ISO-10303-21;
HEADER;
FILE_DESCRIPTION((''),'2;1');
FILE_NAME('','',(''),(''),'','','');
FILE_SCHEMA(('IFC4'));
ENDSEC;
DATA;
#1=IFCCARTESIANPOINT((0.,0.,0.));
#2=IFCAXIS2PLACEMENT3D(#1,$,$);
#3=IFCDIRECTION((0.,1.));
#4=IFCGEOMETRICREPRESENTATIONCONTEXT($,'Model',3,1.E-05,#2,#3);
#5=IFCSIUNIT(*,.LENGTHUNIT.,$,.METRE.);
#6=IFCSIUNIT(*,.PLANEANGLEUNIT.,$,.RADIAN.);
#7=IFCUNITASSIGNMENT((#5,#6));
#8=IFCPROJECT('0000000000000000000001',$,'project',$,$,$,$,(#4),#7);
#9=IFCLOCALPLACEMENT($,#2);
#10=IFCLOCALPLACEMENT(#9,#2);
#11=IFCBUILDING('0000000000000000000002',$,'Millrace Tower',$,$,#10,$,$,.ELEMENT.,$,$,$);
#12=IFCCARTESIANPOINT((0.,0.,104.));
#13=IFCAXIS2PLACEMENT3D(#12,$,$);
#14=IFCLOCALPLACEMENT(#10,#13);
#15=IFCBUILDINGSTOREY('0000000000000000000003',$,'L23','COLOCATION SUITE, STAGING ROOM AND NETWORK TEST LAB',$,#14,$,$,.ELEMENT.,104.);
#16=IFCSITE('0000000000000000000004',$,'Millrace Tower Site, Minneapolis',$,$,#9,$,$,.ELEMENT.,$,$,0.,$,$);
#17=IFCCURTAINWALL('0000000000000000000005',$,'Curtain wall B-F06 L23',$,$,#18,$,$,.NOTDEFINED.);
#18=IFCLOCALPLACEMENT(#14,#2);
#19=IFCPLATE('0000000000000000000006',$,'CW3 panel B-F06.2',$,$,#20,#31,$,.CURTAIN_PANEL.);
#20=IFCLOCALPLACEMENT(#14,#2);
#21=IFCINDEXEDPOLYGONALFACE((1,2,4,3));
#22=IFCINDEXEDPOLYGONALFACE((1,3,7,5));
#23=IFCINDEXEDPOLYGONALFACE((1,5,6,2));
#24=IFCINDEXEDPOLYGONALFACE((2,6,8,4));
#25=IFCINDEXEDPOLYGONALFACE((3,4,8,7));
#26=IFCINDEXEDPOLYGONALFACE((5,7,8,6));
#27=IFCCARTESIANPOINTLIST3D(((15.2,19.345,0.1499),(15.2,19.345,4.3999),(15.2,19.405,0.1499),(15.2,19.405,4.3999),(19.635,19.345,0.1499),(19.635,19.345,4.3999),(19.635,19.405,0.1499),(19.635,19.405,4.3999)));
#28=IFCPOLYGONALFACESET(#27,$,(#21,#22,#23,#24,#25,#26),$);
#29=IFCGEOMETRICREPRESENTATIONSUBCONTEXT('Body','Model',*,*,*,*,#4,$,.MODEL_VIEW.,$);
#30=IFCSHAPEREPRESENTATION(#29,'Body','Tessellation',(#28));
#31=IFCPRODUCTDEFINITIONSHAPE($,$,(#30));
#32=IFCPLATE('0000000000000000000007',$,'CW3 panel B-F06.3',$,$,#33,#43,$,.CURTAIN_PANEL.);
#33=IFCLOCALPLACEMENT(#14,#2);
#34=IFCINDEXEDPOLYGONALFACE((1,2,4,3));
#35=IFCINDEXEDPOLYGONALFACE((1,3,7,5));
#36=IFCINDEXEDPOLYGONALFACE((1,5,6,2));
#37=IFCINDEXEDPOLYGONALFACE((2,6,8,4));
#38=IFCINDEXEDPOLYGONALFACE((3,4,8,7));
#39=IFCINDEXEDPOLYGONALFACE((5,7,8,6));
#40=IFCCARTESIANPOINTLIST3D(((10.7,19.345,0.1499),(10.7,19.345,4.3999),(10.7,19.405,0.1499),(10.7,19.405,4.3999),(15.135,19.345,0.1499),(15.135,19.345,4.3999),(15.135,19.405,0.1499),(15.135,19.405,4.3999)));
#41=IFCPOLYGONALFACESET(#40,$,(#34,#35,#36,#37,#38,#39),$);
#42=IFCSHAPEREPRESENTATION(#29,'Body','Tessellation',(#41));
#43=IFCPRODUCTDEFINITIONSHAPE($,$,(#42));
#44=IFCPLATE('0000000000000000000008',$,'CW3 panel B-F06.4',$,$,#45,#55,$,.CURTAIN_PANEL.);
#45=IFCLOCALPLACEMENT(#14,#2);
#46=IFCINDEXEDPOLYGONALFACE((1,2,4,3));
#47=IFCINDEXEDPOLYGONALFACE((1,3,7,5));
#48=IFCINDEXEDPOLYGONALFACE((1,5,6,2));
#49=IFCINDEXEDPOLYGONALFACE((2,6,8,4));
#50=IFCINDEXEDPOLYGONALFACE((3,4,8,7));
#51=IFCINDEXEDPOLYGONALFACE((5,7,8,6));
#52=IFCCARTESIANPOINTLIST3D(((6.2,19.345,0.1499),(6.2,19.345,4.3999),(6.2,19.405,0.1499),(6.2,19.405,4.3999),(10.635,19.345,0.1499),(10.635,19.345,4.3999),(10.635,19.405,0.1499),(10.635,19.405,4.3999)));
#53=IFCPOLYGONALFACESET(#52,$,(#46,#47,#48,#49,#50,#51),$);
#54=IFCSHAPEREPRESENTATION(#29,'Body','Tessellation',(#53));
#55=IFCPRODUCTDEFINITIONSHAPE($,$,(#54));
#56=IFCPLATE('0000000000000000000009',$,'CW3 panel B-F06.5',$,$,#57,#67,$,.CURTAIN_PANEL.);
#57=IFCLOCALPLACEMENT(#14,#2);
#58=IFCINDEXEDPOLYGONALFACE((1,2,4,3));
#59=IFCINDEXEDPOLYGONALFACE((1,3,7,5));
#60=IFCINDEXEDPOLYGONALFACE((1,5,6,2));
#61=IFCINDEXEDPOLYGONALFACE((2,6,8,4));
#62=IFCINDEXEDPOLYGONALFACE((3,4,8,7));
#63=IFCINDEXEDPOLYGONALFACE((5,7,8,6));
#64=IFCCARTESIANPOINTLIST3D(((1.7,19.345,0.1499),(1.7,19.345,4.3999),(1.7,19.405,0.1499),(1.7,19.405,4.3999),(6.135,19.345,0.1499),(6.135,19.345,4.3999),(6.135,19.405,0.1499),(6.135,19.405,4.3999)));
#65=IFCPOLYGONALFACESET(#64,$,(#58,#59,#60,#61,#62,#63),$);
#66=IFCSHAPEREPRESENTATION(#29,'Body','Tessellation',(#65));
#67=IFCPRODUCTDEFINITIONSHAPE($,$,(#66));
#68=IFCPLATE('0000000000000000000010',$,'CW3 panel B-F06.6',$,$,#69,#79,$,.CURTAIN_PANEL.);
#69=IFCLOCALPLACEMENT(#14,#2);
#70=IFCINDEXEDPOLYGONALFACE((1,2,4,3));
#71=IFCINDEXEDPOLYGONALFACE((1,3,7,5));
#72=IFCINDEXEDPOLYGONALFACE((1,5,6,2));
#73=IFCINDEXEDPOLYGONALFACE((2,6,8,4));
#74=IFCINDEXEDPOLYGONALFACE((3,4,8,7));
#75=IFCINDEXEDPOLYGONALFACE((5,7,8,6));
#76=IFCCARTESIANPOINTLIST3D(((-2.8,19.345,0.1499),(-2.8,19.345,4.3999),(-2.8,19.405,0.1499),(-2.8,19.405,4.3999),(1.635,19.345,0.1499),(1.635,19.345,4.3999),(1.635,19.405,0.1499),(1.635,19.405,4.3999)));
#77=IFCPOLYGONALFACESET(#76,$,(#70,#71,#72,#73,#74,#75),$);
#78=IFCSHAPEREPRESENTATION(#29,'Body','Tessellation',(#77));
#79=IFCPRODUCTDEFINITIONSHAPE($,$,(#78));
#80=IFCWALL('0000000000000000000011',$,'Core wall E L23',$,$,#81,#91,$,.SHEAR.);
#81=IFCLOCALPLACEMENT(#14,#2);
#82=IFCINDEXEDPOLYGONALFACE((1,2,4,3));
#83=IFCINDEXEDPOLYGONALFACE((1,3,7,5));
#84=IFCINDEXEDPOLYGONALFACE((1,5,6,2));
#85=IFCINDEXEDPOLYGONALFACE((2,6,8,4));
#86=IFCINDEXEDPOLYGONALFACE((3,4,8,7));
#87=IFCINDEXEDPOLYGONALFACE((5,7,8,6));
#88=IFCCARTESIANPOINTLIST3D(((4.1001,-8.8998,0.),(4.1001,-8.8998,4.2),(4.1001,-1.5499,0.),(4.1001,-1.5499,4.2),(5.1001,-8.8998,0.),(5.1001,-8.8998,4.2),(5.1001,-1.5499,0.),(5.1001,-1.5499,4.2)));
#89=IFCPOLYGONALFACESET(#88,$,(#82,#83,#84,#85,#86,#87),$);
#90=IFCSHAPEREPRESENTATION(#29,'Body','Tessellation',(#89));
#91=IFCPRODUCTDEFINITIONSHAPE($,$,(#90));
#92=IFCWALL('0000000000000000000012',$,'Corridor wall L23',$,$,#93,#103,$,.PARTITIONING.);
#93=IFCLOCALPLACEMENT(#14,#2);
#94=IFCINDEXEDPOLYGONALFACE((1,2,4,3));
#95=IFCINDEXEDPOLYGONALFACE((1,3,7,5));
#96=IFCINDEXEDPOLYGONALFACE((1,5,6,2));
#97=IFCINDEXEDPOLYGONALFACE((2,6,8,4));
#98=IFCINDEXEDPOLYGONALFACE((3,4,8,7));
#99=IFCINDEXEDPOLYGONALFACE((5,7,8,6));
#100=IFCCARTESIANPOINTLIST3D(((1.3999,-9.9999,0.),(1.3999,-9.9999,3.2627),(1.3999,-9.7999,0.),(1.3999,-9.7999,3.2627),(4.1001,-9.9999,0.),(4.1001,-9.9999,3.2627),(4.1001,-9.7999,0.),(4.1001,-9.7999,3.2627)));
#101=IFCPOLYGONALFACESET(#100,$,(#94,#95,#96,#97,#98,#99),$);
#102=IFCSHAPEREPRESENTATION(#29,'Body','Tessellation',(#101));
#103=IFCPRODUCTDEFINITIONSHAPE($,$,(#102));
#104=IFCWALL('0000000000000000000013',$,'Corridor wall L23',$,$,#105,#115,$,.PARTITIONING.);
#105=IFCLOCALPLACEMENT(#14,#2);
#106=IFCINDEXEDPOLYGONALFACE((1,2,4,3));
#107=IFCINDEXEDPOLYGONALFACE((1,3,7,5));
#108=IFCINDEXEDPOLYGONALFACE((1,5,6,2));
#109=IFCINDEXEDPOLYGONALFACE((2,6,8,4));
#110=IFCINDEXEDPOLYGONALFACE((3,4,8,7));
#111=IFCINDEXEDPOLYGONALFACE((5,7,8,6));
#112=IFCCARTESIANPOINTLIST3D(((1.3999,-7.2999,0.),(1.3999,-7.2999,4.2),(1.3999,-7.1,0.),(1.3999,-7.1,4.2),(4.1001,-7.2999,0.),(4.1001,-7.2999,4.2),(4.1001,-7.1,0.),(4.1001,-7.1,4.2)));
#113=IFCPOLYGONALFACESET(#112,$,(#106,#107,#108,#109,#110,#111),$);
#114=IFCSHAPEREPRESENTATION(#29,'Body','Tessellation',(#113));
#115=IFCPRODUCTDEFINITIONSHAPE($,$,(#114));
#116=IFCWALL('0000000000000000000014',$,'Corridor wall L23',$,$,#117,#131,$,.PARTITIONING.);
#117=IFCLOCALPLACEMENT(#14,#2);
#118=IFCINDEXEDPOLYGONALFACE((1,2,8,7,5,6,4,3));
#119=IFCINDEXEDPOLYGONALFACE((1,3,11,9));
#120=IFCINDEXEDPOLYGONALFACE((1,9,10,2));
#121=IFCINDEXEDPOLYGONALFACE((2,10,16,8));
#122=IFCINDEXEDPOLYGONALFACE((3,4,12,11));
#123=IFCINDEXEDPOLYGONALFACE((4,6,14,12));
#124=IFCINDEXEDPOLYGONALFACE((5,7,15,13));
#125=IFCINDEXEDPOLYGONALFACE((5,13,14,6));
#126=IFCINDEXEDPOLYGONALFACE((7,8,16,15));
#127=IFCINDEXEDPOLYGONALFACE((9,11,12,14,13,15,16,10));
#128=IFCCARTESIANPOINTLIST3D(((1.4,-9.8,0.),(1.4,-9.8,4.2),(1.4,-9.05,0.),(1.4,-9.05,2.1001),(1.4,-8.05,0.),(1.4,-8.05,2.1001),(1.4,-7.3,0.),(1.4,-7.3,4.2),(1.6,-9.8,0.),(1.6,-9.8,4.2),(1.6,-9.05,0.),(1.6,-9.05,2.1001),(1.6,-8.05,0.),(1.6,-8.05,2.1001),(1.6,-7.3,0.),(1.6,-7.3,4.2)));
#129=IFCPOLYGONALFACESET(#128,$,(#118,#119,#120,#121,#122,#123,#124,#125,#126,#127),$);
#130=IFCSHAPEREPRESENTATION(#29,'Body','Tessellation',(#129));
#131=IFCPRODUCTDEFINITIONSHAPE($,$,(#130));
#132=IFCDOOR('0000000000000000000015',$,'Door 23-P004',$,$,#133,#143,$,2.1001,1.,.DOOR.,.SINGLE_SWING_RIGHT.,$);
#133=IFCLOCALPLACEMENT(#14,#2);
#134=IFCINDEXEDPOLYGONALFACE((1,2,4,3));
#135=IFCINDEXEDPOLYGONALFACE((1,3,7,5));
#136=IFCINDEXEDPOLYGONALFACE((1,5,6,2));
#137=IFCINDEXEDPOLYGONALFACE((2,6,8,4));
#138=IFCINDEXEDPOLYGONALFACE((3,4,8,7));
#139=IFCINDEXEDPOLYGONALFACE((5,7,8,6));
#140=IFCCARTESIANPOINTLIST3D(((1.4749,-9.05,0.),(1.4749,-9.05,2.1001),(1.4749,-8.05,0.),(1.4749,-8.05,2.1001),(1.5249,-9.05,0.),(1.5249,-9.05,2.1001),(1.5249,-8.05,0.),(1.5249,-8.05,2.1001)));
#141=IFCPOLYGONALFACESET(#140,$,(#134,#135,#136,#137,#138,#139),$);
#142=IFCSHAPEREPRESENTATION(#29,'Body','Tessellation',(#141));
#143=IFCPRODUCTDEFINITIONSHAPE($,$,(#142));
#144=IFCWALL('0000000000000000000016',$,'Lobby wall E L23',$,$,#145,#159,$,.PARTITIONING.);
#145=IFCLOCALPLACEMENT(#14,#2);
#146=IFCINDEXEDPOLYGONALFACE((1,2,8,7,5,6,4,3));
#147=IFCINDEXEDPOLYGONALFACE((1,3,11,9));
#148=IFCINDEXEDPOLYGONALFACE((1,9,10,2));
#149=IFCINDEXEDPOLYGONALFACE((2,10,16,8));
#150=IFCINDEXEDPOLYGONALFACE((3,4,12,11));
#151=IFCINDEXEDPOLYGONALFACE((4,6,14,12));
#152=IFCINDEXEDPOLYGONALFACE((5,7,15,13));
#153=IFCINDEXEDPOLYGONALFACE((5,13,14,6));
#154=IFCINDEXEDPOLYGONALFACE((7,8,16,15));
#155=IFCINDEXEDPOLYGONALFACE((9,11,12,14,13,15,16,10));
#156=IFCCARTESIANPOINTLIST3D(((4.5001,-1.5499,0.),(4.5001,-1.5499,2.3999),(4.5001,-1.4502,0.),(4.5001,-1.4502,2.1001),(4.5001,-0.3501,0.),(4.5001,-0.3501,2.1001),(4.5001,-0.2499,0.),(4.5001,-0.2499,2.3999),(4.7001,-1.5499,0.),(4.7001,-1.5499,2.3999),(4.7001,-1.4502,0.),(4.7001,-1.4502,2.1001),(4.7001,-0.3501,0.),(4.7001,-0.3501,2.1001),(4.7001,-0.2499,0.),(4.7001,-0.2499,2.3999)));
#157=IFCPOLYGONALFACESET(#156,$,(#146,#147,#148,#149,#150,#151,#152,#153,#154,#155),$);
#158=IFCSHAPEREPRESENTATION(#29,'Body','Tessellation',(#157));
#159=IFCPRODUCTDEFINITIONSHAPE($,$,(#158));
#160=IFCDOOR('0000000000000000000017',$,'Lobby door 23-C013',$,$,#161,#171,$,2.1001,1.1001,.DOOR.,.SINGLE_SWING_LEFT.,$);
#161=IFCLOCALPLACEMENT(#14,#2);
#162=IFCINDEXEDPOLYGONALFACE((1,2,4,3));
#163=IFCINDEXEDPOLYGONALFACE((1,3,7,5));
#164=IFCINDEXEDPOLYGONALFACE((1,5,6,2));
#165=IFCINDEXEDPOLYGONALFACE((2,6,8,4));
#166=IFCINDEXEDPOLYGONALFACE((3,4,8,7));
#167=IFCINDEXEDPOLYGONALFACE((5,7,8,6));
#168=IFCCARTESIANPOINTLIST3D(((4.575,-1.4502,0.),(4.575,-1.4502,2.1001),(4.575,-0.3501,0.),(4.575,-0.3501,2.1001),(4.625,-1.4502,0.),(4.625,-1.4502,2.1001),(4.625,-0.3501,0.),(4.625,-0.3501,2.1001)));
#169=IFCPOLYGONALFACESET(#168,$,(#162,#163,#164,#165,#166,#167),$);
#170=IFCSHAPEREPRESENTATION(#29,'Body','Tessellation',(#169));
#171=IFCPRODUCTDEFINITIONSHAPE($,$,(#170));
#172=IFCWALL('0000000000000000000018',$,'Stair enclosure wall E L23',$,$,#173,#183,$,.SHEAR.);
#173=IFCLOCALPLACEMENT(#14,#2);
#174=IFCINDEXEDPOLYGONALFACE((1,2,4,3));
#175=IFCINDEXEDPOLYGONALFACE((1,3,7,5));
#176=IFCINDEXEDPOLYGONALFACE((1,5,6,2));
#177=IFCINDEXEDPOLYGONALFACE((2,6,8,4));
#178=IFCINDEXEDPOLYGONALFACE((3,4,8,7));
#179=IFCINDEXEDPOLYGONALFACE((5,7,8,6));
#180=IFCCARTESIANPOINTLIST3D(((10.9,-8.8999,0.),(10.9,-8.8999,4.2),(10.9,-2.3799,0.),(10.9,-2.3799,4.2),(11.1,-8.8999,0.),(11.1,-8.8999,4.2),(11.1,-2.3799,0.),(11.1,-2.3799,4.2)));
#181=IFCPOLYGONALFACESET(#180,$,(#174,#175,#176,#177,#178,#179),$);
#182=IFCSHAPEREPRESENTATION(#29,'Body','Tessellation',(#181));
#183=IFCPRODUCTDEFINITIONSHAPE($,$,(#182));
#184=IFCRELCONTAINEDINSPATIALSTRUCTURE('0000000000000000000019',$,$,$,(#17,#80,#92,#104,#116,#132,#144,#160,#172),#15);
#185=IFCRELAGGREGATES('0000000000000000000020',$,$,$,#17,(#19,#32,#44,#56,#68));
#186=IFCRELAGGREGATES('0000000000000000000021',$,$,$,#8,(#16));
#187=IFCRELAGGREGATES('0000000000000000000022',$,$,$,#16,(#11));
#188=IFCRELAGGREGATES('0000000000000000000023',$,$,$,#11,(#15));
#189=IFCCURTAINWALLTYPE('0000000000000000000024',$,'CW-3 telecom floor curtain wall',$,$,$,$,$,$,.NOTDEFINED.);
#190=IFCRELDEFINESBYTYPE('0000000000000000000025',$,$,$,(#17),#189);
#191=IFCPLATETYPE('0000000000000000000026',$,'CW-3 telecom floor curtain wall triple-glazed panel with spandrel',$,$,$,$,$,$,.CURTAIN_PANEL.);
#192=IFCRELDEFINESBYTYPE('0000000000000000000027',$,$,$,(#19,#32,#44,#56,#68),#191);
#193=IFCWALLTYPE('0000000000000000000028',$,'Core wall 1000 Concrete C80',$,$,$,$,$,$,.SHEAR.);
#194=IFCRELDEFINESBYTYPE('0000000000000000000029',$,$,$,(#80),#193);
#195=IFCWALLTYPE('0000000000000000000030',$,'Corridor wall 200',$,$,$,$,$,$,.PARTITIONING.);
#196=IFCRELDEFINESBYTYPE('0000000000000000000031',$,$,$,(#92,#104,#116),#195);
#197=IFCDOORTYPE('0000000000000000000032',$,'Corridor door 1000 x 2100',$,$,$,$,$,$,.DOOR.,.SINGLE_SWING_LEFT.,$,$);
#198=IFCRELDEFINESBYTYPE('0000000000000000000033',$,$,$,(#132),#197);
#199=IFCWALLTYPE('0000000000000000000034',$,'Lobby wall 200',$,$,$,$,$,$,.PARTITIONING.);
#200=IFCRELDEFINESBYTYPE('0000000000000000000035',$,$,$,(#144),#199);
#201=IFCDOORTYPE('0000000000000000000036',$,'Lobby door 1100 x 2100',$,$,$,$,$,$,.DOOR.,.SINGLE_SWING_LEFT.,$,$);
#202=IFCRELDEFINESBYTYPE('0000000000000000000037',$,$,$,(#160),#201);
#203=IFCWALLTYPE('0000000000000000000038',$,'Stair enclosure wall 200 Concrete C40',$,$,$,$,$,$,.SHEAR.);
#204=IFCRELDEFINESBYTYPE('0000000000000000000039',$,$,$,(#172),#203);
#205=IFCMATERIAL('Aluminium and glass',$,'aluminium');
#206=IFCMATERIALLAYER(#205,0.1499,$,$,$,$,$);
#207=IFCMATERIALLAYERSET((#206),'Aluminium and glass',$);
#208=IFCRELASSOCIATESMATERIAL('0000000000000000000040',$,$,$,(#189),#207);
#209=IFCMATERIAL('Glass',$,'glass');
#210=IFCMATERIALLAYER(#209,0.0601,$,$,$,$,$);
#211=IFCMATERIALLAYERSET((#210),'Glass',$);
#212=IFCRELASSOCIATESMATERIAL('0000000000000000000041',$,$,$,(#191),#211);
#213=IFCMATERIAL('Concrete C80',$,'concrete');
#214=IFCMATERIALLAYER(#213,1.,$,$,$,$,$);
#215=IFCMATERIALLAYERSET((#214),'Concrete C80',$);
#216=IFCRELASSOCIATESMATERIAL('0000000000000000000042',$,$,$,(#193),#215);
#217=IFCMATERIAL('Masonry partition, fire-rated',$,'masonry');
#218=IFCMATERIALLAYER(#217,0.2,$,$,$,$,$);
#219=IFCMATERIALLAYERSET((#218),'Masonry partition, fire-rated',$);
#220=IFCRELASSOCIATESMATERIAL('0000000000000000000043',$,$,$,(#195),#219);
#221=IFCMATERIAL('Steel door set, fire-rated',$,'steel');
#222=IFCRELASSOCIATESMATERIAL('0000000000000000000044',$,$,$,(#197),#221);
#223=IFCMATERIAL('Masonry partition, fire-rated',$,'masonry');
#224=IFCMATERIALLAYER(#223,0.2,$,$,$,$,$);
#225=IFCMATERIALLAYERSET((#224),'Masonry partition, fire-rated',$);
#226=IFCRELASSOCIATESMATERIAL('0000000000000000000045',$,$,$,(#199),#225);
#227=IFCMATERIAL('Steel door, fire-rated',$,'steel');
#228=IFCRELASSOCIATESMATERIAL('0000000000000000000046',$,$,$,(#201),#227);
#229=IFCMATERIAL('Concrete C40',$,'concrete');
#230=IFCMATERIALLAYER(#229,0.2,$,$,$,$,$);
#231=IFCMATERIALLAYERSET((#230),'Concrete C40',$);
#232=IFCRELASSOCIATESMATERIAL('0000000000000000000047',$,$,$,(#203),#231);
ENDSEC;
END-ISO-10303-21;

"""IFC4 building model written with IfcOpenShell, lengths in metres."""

from ifc_helpers import new_model, si_unit, direction, frame, frame_2d, origin, place, context, subcontext, project, spatial, polyline, rectangle, outline, extrude, material, layer, layer_set, type_object, element, fill, aggregate, save


model = new_model("IFC4")

# Units and contexts
model_context = context("Model", 3, precision=1e-05, world=origin(), true_north=direction((0.0, 1.0)))
body_context = subcontext(model_context, "Body", "Model", "MODEL_VIEW")
ifc_project = project(units=[si_unit("LENGTHUNIT", "METRE"), si_unit("PLANEANGLEUNIT", "RADIAN")], contexts=[model_context])

# Site, building, storey
site_placement = place(None, origin())
site = spatial("IfcSite", under=ifc_project, at=site_placement, Name="Millrace Tower Site, Minneapolis", CompositionType="ELEMENT", RefElevation=0.0)
building_placement = place(site_placement, origin())
building = spatial("IfcBuilding", under=site, at=building_placement, Name="Millrace Tower", CompositionType="ELEMENT")
storey_placement = place(building_placement, frame((0.0, 0.0, 104.0)))
storey = spatial("IfcBuildingStorey", under=building, at=storey_placement, Name="L23", Description="COLOCATION SUITE, STAGING ROOM AND NETWORK TEST LAB", CompositionType="ELEMENT", Elevation=104.0)

# Curtain wall, plates
ifc_material_1 = material(Name="Aluminium and glass", Category="aluminium")
ifc_layer_1 = layer(ifc_material_1, 0.1499)
ifc_layer_set_1 = layer_set([ifc_layer_1], Name="Aluminium and glass")
curtain_wall_type = type_object("IfcCurtainWallType", Name="CW-3 telecom floor curtain wall", PredefinedType="NOTDEFINED", material=ifc_layer_set_1)
placement_1 = place(storey_placement, origin())
curtain_wall = element("IfcCurtainWall", 1, at=placement_1, inside=storey, type_object=curtain_wall_type, Name="Curtain wall B-F06 L23", PredefinedType="NOTDEFINED")
ifc_material_2 = material(Name="Glass", Category="glass")
ifc_layer_2 = layer(ifc_material_2, 0.0601)
ifc_layer_set_2 = layer_set([ifc_layer_2], Name="Glass")
plate_type = type_object("IfcPlateType", Name="CW-3 telecom floor curtain wall triple-glazed panel with spandrel", PredefinedType="CURTAIN_PANEL", material=ifc_layer_set_2)
placement_2 = place(storey_placement, frame((0.0, 0.0, 0.1499)))
plate_1 = element("IfcPlate", 2, at=placement_2, type_object=plate_type, Name="CW3 panel B-F06.2", PredefinedType="CURTAIN_PANEL", context=body_context, shape_type="SweptSolid", body=[
    extrude(outline(polyline([(19.635, 19.405), (15.2, 19.405), (15.2, 19.345), (19.635, 19.345), (19.635, 19.405)])), origin(), (0.0, 0.0, 1.0), 4.25),
])
plate_2 = element("IfcPlate", 3, at=placement_2, type_object=plate_type, Name="CW3 panel B-F06.3", PredefinedType="CURTAIN_PANEL", context=body_context, shape_type="SweptSolid", body=[
    extrude(outline(polyline([(15.135, 19.405), (10.7, 19.405), (10.7, 19.345), (15.135, 19.345), (15.135, 19.405)])), origin(), (0.0, 0.0, 1.0), 4.25),
])
plate_3 = element("IfcPlate", 4, at=placement_2, type_object=plate_type, Name="CW3 panel B-F06.4", PredefinedType="CURTAIN_PANEL", context=body_context, shape_type="SweptSolid", body=[
    extrude(outline(polyline([(10.635, 19.405), (6.2, 19.405), (6.2, 19.345), (10.635, 19.345), (10.635, 19.405)])), origin(), (0.0, 0.0, 1.0), 4.25),
])
plate_4 = element("IfcPlate", 5, at=placement_2, type_object=plate_type, Name="CW3 panel B-F06.5", PredefinedType="CURTAIN_PANEL", context=body_context, shape_type="SweptSolid", body=[
    extrude(outline(polyline([(6.135, 19.405), (1.7, 19.405), (1.7, 19.345), (6.135, 19.345), (6.135, 19.405)])), origin(), (0.0, 0.0, 1.0), 4.25),
])
plate_5 = element("IfcPlate", 6, at=placement_2, type_object=plate_type, Name="CW3 panel B-F06.6", PredefinedType="CURTAIN_PANEL", context=body_context, shape_type="SweptSolid", body=[
    extrude(outline(polyline([(1.635, 19.405), (-2.8, 19.405), (-2.8, 19.345), (1.635, 19.345), (1.635, 19.405)])), origin(), (0.0, 0.0, 1.0), 4.25),
])
aggregate(curtain_wall, [plate_1, plate_2, plate_3, plate_4, plate_5])

# Walls
ifc_material_3 = material(Name="Concrete C80", Category="concrete")
ifc_layer_3 = layer(ifc_material_3, 1.0)
ifc_layer_set_3 = layer_set([ifc_layer_3], Name="Concrete C80")
wall_type_1 = type_object("IfcWallType", Name="Core wall 1000 Concrete C80", PredefinedType="SHEAR", material=ifc_layer_set_3)
wall_1_placement = place(storey_placement, frame((4.6001, -1.55, 0.0), z_axis=(0.0, 0.0, 1.0), x_axis=(0.0, -1.0, 0.0)))
element("IfcWall", 7, at=wall_1_placement, inside=storey, type_object=wall_type_1, Name="Core wall E L23", PredefinedType="SHEAR", context=body_context, shape_type="SweptSolid", body=[
    extrude(rectangle(XDim=7.3499, YDim=1.0, at=frame_2d((3.6748, 0.0))), origin(), (0.0, 0.0, 1.0), 4.2),
])
ifc_material_4 = material(Name="Masonry partition, fire-rated", Category="masonry")
ifc_layer_4 = layer(ifc_material_4, 0.2)
ifc_layer_set_4 = layer_set([ifc_layer_4], Name="Masonry partition, fire-rated")
wall_type_2 = type_object("IfcWallType", Name="Corridor wall 200", PredefinedType="PARTITIONING", material=ifc_layer_set_4)
wall_2_placement = place(storey_placement, frame((1.3999, -9.8999, 0.0), z_axis=(0.0, 0.0, 1.0), x_axis=(1.0, 0.0, 0.0)))
element("IfcWall", 8, at=wall_2_placement, inside=storey, type_object=wall_type_2, Name="Corridor wall L23", PredefinedType="PARTITIONING", context=body_context, shape_type="SweptSolid", body=[
    extrude(rectangle(XDim=2.7002, YDim=0.2, at=frame_2d((1.3501, 0.0))), origin(), (0.0, 0.0, 1.0), 3.2627),
])
wall_3_placement = place(storey_placement, frame((1.3999, -7.2, 0.0), z_axis=(0.0, 0.0, 1.0), x_axis=(1.0, 0.0, 0.0)))
element("IfcWall", 9, at=wall_3_placement, inside=storey, type_object=wall_type_2, Name="Corridor wall L23", PredefinedType="PARTITIONING", context=body_context, shape_type="SweptSolid", body=[
    extrude(rectangle(XDim=2.7002, YDim=0.2, at=frame_2d((1.3501, 0.0))), origin(), (0.0, 0.0, 1.0), 4.2),
])

# Walls, openings, doors
wall_4_placement = place(storey_placement, frame((1.5, -9.8, 0.0), z_axis=(0.0, 0.0, 1.0), x_axis=(0.0, 1.0, 0.0)))
wall_4 = element("IfcWall", 10, at=wall_4_placement, inside=storey, type_object=wall_type_2, Name="Corridor wall L23", PredefinedType="PARTITIONING", context=body_context, shape_type="SweptSolid", body=[
    extrude(rectangle(XDim=2.5, YDim=0.2, at=frame_2d((1.25, 0.0))), origin(), (0.0, 0.0, 1.0), 4.2),
])
opening_1_placement = place(wall_4_placement, frame((0.75, 0.0, 0.0)))
opening_1 = element("IfcOpeningElement", 11, at=opening_1_placement, cuts=wall_4, PredefinedType="OPENING", context=body_context, shape_type="SweptSolid", body=[
    extrude(rectangle(XDim=1.0, YDim=2.1001, at=frame_2d((0.5, 1.05))), frame((0.0, 0.1099, 0.0), z_axis=(0.0, -1.0, 0.0), x_axis=(1.0, 0.0, 0.0)), (0.0, 0.0, 1.0), 0.22),
])
ifc_material_5 = material(Name="Steel door set, fire-rated", Category="steel")
door_type_1 = type_object("IfcDoorType", Name="Corridor door 1000 x 2100", OperationType="SINGLE_SWING_LEFT", PredefinedType="DOOR", material=ifc_material_5)
door_1_placement = place(opening_1_placement, frame((1.0, 0.0, 0.0), z_axis=(0.0, 0.0, 1.0), x_axis=(-1.0, 0.0, 0.0)))
door_1 = element("IfcDoor", 12, at=door_1_placement, inside=storey, type_object=door_type_1, Name="Door 23-P004", OperationType="SINGLE_SWING_RIGHT", OverallHeight=2.1001, OverallWidth=1.0, PredefinedType="DOOR", context=body_context, shape_type="SweptSolid", body=[
    extrude(rectangle(XDim=1.0, YDim=2.1001, at=frame_2d((0.5, 1.05))), frame((0.0, 0.0249, 0.0), z_axis=(0.0, -1.0, 0.0), x_axis=(1.0, 0.0, 0.0)), (0.0, 0.0, 1.0), 0.05),
])
fill(opening_1, door_1)
ifc_material_6 = material(Name="Masonry partition, fire-rated", Category="masonry")
ifc_layer_5 = layer(ifc_material_6, 0.2)
ifc_layer_set_5 = layer_set([ifc_layer_5], Name="Masonry partition, fire-rated")
wall_type_3 = type_object("IfcWallType", Name="Lobby wall 200", PredefinedType="PARTITIONING", material=ifc_layer_set_5)
wall_5_placement = place(storey_placement, frame((4.6001, -0.25, 0.0), z_axis=(0.0, 0.0, 1.0), x_axis=(0.0, -1.0, 0.0)))
wall_5 = element("IfcWall", 13, at=wall_5_placement, inside=storey, type_object=wall_type_3, Name="Lobby wall E L23", PredefinedType="PARTITIONING", context=body_context, shape_type="SweptSolid", body=[
    extrude(rectangle(XDim=1.3, YDim=0.2, at=frame_2d((0.6499, 0.0))), origin(), (0.0, 0.0, 1.0), 2.3999),
])
opening_2_placement = place(wall_5_placement, frame((0.1001, 0.0, 0.0)))
opening_2 = element("IfcOpeningElement", 14, at=opening_2_placement, cuts=wall_5, PredefinedType="OPENING", context=body_context, shape_type="SweptSolid", body=[
    extrude(rectangle(XDim=1.1001, YDim=2.1001, at=frame_2d((0.55, 1.05))), frame((0.0, 0.1099, 0.0), z_axis=(0.0, -1.0, 0.0), x_axis=(1.0, 0.0, 0.0)), (0.0, 0.0, 1.0), 0.22),
])
ifc_material_7 = material(Name="Steel door, fire-rated", Category="steel")
door_type_2 = type_object("IfcDoorType", Name="Lobby door 1100 x 2100", OperationType="SINGLE_SWING_LEFT", PredefinedType="DOOR", material=ifc_material_7)
door_2_placement = place(opening_2_placement, origin())
door_2 = element("IfcDoor", 15, at=door_2_placement, inside=storey, type_object=door_type_2, Name="Lobby door 23-C013", OperationType="SINGLE_SWING_LEFT", OverallHeight=2.1001, OverallWidth=1.1001, PredefinedType="DOOR", context=body_context, shape_type="SweptSolid", body=[
    extrude(rectangle(XDim=1.1001, YDim=2.1001, at=frame_2d((0.55, 1.05))), frame((0.0, 0.0249, 0.0), z_axis=(0.0, -1.0, 0.0), x_axis=(1.0, 0.0, 0.0)), (0.0, 0.0, 1.0), 0.05),
])
fill(opening_2, door_2)

# Wall
ifc_material_8 = material(Name="Concrete C40", Category="concrete")
ifc_layer_6 = layer(ifc_material_8, 0.2)
ifc_layer_set_6 = layer_set([ifc_layer_6], Name="Concrete C40")
wall_type_4 = type_object("IfcWallType", Name="Stair enclosure wall 200 Concrete C40", PredefinedType="SHEAR", material=ifc_layer_set_6)
for number, where, z_axis, x_axis, name in (
    (16, (11.0, -2.3799, 0.0), (0.0, 0.0, 1.0), (0.0, -1.0, 0.0), "Stair enclosure wall E L23"),
):
    element("IfcWall", number, at=place(storey_placement, frame(where, z_axis=z_axis, x_axis=x_axis)), inside=storey, type_object=wall_type_4, Name=name, PredefinedType="SHEAR", context=body_context, shape_type="SweptSolid", body=[
        extrude(rectangle(XDim=6.52, YDim=0.2, at=frame_2d((3.26, 0.0))), origin(), (0.0, 0.0, 1.0), 4.2),
    ])

save(model, "model.ifc")
